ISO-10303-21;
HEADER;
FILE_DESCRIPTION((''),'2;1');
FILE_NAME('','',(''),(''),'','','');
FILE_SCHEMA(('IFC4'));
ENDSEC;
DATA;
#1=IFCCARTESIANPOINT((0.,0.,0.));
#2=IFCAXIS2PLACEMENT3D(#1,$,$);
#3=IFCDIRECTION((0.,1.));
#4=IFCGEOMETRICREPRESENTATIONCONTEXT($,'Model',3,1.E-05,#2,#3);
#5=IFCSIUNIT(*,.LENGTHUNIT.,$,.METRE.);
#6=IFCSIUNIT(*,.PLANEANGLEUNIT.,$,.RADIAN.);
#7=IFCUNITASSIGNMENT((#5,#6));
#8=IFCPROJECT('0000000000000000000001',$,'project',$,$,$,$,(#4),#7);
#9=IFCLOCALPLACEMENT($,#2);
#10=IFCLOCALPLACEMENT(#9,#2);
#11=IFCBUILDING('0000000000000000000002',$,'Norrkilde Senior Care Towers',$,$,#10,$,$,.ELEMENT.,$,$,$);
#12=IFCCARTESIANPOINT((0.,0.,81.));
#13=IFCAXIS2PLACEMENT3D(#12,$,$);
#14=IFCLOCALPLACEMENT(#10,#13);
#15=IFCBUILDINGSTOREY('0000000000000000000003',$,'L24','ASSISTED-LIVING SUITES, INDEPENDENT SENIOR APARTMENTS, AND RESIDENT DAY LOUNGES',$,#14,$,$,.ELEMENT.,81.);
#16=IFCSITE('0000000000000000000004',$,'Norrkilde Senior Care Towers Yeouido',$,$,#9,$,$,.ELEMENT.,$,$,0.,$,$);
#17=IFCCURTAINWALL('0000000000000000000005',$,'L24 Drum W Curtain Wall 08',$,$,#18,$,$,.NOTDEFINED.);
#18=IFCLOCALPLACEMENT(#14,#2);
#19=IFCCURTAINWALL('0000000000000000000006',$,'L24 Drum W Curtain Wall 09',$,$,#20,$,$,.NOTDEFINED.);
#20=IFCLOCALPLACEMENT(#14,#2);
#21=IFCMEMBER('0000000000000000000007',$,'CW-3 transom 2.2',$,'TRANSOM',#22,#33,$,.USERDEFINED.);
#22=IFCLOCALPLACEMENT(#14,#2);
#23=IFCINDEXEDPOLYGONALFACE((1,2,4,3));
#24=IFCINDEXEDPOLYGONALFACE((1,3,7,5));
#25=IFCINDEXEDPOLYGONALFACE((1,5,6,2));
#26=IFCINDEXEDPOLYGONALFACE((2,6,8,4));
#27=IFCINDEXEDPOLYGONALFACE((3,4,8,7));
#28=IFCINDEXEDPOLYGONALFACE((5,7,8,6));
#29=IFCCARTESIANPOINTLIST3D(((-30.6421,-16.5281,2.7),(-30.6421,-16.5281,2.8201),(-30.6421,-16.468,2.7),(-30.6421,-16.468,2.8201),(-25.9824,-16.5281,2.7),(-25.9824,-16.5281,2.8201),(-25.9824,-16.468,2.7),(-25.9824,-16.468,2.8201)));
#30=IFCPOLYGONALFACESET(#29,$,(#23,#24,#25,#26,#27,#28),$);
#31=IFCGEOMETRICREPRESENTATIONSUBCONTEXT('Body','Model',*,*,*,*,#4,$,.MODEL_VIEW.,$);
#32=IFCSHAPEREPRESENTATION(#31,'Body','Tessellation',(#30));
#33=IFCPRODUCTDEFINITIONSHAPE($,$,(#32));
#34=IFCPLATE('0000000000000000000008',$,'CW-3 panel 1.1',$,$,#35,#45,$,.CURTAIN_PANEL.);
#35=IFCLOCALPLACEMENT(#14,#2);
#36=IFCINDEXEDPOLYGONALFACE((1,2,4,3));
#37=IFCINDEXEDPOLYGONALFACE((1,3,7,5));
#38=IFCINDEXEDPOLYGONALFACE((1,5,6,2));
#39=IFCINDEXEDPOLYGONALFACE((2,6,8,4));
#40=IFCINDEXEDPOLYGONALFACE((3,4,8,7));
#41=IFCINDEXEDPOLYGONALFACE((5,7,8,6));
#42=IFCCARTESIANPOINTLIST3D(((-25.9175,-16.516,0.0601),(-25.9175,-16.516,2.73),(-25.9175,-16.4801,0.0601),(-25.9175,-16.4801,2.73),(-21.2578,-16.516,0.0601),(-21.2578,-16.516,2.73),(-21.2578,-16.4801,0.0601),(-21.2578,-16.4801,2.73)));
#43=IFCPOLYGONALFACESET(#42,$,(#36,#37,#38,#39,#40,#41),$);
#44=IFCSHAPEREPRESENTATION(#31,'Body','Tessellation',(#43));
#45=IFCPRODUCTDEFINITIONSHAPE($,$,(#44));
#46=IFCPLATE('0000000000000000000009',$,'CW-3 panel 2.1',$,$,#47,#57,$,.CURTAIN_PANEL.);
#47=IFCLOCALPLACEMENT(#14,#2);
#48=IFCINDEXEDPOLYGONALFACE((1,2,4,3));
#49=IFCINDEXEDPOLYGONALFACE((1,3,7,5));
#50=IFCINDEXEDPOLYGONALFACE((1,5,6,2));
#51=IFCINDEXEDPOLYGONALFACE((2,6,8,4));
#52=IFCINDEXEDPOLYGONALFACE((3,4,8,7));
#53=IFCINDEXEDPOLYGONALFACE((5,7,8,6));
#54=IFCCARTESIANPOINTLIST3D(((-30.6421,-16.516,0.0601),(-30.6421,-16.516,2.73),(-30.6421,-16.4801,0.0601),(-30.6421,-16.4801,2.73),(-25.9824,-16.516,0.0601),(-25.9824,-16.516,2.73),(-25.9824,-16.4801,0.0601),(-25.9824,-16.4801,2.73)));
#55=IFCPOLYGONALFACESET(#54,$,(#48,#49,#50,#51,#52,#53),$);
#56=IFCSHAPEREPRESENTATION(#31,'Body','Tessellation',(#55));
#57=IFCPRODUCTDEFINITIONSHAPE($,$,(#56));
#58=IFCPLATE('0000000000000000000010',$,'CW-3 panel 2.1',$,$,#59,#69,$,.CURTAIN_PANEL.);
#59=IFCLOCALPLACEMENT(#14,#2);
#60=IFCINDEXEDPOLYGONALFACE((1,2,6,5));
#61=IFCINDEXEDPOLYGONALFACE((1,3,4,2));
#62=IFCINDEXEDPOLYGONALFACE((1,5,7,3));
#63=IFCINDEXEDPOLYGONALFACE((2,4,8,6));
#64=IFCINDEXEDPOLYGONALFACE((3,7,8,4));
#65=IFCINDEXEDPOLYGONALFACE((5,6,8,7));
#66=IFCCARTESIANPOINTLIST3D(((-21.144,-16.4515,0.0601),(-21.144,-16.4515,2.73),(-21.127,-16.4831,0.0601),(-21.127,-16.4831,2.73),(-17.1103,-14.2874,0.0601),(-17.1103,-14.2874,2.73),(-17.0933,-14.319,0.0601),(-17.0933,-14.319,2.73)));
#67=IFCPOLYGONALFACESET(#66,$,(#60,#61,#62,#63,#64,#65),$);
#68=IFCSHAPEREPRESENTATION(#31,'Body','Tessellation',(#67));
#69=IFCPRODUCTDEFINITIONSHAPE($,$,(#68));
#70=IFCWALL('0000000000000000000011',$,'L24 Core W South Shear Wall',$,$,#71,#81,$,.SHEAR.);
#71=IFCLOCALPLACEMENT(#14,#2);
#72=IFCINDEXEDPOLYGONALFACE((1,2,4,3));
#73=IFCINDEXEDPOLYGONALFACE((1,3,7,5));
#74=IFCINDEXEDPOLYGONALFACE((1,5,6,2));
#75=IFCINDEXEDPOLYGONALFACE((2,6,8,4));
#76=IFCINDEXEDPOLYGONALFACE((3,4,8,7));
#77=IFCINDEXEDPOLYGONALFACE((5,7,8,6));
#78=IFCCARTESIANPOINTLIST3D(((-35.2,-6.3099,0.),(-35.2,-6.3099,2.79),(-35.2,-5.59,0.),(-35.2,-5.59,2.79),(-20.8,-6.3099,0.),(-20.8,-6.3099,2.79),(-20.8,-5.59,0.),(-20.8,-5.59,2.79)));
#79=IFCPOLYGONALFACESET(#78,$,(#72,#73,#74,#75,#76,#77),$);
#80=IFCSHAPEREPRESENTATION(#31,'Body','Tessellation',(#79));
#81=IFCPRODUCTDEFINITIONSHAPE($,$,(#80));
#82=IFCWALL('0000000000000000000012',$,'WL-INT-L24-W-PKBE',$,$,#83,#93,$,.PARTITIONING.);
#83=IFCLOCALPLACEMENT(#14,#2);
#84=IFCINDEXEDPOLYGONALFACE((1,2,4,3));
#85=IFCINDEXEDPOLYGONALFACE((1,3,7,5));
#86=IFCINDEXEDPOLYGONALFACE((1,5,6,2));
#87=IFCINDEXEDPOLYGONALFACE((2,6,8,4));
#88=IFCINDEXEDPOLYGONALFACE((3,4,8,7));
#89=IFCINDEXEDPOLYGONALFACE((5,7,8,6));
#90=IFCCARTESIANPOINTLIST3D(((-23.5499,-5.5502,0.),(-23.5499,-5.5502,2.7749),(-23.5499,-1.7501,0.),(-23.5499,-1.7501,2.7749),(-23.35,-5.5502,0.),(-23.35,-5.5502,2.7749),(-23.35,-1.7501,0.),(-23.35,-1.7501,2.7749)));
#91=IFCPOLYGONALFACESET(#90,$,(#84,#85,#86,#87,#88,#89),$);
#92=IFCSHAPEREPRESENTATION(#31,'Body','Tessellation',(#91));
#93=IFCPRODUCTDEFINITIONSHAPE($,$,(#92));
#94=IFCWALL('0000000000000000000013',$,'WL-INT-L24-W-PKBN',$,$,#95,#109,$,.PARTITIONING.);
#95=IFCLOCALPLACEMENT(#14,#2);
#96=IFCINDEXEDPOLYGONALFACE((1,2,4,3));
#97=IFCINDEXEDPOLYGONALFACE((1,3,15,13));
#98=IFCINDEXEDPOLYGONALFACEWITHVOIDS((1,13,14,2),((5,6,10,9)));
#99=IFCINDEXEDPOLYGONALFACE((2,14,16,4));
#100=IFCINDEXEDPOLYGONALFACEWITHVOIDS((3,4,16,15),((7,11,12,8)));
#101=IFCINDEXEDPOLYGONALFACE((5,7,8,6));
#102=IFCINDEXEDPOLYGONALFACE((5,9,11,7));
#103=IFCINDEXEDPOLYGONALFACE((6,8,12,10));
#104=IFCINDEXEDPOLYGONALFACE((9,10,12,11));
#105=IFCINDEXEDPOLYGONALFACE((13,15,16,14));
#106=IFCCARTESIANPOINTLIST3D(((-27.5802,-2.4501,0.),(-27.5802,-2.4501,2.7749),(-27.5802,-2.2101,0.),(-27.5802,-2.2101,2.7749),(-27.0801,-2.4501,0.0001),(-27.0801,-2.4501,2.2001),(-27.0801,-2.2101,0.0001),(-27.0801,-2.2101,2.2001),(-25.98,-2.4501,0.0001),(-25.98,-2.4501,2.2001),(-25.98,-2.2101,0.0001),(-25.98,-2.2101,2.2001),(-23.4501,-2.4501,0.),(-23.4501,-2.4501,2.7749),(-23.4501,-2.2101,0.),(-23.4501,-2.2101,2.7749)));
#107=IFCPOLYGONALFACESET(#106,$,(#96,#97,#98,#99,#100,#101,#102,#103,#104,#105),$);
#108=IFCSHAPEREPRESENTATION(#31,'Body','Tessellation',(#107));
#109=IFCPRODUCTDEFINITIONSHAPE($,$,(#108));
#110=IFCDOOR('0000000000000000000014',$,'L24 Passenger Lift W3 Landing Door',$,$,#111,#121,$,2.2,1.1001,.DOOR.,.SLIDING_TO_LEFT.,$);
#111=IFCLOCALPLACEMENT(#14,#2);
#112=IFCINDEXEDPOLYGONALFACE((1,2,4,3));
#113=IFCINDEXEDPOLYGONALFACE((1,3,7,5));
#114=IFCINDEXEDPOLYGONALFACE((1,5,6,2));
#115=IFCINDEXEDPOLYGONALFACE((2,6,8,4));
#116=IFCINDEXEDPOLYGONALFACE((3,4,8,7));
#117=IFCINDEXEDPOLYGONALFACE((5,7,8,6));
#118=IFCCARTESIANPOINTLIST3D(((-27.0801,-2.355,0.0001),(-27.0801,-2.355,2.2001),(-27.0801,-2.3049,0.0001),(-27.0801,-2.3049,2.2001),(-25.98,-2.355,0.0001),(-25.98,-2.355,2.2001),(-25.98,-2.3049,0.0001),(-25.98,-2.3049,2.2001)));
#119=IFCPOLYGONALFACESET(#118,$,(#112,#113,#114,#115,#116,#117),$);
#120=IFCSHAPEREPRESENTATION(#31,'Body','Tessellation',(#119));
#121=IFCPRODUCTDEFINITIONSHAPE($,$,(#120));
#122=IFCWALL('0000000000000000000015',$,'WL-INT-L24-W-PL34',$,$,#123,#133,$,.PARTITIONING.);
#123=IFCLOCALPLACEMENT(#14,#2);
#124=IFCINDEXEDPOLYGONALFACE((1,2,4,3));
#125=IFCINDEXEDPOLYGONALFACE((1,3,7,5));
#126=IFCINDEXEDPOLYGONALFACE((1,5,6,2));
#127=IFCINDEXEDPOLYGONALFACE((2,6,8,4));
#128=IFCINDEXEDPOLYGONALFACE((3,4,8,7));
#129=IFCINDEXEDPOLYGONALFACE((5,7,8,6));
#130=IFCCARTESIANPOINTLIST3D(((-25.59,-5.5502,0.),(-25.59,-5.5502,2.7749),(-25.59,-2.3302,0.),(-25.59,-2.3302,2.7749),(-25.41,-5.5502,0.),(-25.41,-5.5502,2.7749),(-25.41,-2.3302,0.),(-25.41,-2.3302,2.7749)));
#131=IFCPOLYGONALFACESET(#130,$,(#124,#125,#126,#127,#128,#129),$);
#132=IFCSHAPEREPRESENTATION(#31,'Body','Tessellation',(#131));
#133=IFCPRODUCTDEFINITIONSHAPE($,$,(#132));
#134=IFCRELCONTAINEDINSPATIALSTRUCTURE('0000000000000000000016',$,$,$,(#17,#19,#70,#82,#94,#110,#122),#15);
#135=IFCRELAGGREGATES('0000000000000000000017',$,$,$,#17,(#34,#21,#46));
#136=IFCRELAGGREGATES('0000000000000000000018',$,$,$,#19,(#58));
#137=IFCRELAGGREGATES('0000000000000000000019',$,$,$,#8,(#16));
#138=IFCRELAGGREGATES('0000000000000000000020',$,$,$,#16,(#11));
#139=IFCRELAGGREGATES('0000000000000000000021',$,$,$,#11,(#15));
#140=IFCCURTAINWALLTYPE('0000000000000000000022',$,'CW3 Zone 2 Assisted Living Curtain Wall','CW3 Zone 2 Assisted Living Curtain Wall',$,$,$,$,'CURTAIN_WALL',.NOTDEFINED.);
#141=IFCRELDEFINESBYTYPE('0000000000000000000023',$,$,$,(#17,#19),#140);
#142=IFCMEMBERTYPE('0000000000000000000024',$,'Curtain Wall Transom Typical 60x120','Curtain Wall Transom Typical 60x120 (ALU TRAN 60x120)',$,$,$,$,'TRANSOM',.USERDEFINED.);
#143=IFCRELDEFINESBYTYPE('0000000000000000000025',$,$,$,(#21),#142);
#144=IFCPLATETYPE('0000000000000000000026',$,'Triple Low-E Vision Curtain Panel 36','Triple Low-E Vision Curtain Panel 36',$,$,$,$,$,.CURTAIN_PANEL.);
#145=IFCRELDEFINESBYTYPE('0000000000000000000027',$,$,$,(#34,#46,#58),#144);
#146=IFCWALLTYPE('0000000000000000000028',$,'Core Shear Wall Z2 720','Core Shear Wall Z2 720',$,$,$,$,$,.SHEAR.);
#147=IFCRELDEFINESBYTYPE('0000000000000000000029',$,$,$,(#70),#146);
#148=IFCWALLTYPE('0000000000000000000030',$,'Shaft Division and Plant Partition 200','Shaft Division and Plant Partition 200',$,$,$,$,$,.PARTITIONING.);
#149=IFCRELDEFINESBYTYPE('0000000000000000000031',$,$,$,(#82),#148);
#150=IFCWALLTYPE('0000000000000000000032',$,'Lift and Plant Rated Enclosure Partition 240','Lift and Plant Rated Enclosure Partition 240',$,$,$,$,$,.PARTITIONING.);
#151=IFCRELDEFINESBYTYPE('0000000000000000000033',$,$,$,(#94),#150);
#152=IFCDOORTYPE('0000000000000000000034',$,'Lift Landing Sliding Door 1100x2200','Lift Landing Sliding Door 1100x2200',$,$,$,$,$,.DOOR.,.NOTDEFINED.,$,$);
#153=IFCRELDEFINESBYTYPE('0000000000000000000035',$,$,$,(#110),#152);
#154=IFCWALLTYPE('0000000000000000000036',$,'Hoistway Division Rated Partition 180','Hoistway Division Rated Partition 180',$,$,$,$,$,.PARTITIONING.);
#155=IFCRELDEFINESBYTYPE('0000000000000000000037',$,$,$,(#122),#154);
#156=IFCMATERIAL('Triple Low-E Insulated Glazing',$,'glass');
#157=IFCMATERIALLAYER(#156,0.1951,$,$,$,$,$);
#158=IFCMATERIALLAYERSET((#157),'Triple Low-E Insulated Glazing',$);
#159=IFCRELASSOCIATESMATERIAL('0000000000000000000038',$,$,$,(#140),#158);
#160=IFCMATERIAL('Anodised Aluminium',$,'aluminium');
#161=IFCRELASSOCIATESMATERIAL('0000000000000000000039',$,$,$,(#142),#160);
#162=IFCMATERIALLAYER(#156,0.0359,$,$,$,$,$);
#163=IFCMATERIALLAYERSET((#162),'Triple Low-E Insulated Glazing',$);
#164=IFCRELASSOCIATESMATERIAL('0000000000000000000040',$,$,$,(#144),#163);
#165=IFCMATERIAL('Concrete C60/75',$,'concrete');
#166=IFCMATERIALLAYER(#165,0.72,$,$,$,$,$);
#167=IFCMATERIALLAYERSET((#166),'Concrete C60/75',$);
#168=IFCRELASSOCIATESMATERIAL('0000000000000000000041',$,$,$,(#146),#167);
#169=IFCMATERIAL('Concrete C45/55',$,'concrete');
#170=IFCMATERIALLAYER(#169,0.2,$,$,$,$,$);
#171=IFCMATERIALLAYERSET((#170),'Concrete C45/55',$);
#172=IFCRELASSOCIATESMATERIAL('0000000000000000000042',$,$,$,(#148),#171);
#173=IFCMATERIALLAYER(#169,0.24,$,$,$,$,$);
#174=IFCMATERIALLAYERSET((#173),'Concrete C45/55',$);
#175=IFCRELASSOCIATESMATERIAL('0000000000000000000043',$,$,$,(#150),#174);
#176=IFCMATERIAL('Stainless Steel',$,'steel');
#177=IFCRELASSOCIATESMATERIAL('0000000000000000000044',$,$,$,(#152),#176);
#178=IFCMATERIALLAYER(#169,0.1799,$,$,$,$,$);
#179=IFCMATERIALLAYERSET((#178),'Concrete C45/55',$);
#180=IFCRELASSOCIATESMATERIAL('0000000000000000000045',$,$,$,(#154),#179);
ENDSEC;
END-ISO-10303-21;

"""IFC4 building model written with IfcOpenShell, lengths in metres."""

from ifc_helpers import new_model, si_unit, direction, frame, frame_2d, origin, origin_2d, place, context, subcontext, project, spatial, rectangle, extrude, source, transform, mapped, material, layer, layer_set, material_profile, profile_set, type_object, type_shapes, element, fill, aggregate, save


model = new_model("IFC4")

# Units and contexts
model_context = context("Model", 3, precision=1e-05, world=origin(), true_north=direction((0.0, 1.0)))
body_context = subcontext(model_context, "Body", "Model", "MODEL_VIEW")
ifc_project = project(units=[si_unit("LENGTHUNIT", "METRE"), si_unit("PLANEANGLEUNIT", "RADIAN")], contexts=[model_context])

# Site, building, storey
site_placement = place(None, origin())
site = spatial("IfcSite", under=ifc_project, at=site_placement, Name="Norrkilde Senior Care Towers Yeouido", CompositionType="ELEMENT", RefElevation=0.0)
building_placement = place(site_placement, origin())
building = spatial("IfcBuilding", under=site, at=building_placement, Name="Norrkilde Senior Care Towers", CompositionType="ELEMENT")
storey_placement = place(building_placement, frame((0.0, 0.0, 81.0)))
storey = spatial("IfcBuildingStorey", under=building, at=storey_placement, Name="L24", Description="ASSISTED-LIVING SUITES, INDEPENDENT SENIOR APARTMENTS, AND RESIDENT DAY LOUNGES", CompositionType="ELEMENT", Elevation=81.0)

# Shared definitions
ifc_material_1 = material(Name="Concrete C60/75", Category="concrete")

# Curtain wall
ifc_material_2 = material(Name="Triple Low-E Insulated Glazing", Category="glass")
ifc_layer_1 = layer(ifc_material_2, 0.1951)
ifc_layer_set_1 = layer_set([ifc_layer_1], Name="Triple Low-E Insulated Glazing")
curtain_wall_type = type_object("IfcCurtainWallType", Name="CW3 Zone 2 Assisted Living Curtain Wall", Description="CW3 Zone 2 Assisted Living Curtain Wall", ElementType="CURTAIN_WALL", PredefinedType="NOTDEFINED", material=ifc_layer_set_1)
curtain_wall_1_placement = place(storey_placement, origin())
curtain_wall_1 = element("IfcCurtainWall", 1, at=curtain_wall_1_placement, inside=storey, type_object=curtain_wall_type, Name="L24 Drum W Curtain Wall 08", PredefinedType="NOTDEFINED")
ifc_material_3 = material(Name="Anodised Aluminium", Category="aluminium")

# Curtain wall
curtain_wall_2_placement = place(storey_placement, origin())
curtain_wall_2 = element("IfcCurtainWall", 2, at=curtain_wall_2_placement, inside=storey, type_object=curtain_wall_type, Name="L24 Drum W Curtain Wall 09", PredefinedType="NOTDEFINED")

# Member
ifc_material_profile_1 = material_profile(ifc_material_3, rectangle(XDim=0.0601, YDim=0.1201, at=origin_2d()), Name="ALU TRAN 60x120")
ifc_profile_set_1 = profile_set([ifc_material_profile_1], Name="Anodised Aluminium")
member_type_1 = type_object("IfcMemberType", Name="Curtain Wall Transom Typical 60x120", Description="Curtain Wall Transom Typical 60x120 (ALU TRAN 60x120)", ElementType="TRANSOM", PredefinedType="USERDEFINED", material=ifc_profile_set_1)
shared_shape_1 = source(origin(), body_context, "Body", "SweptSolid", [
    extrude(rectangle(XDim=0.0601, YDim=0.1201, at=origin_2d()), origin(), (0.0, 0.0, 1.0), 4.6597),
])
type_shapes(member_type_1, [shared_shape_1])
member_1_placement = place(storey_placement, frame((-25.9824, -16.498, 2.76), z_axis=(-1.0, 0.0, 0.0), x_axis=(0.0, -1.0, 0.0)))
member_1 = element("IfcMember", 3, at=member_1_placement, type_object=member_type_1, Name="CW-3 transom 2.2", ObjectType="TRANSOM", PredefinedType="USERDEFINED", context=body_context, shape_type="MappedRepresentation", body=[
    mapped(shared_shape_1, transform((0.0, 0.0, 0.0), x_axis=(1.0, 0.0, 0.0), y_axis=(0.0, 1.0, 0.0), z_axis=(0.0, 0.0, 1.0), scale=1.0)),
])

# Plates
ifc_layer_2 = layer(ifc_material_2, 0.0359)
ifc_layer_set_2 = layer_set([ifc_layer_2], Name="Triple Low-E Insulated Glazing")
plate_type = type_object("IfcPlateType", Name="Triple Low-E Vision Curtain Panel 36", Description="Triple Low-E Vision Curtain Panel 36", PredefinedType="CURTAIN_PANEL", material=ifc_layer_set_2)
shared_shape_2 = source(origin(), body_context, "Body", "SweptSolid", [
    extrude(rectangle(XDim=4.6597, YDim=0.0359, at=origin_2d()), origin(), (0.0, 0.0, 1.0), 2.6699),
])
plate_1_placement = place(storey_placement, frame((-23.5876, -16.498, 0.0601), z_axis=(0.0, 0.0, 1.0), x_axis=(-1.0, 0.0, 0.0)))
plate_1 = element("IfcPlate", 4, at=plate_1_placement, type_object=plate_type, Name="CW-3 panel 1.1", PredefinedType="CURTAIN_PANEL", context=body_context, shape_type="MappedRepresentation", body=[
    mapped(shared_shape_2, transform((0.0, 0.0, 0.0), x_axis=(1.0, 0.0, 0.0), y_axis=(0.0, 1.0, 0.0), z_axis=(0.0, 0.0, 1.0), scale=1.0)),
])
plate_2_placement = place(storey_placement, frame((-28.3123, -16.498, 0.0601), z_axis=(0.0, 0.0, 1.0), x_axis=(-1.0, 0.0, 0.0)))
plate_2 = element("IfcPlate", 5, at=plate_2_placement, type_object=plate_type, Name="CW-3 panel 2.1", PredefinedType="CURTAIN_PANEL", context=body_context, shape_type="MappedRepresentation", body=[
    mapped(shared_shape_2, transform((0.0, 0.0, 0.0), x_axis=(1.0, 0.0, 0.0), y_axis=(0.0, 1.0, 0.0), z_axis=(0.0, 0.0, 1.0), scale=1.0)),
])
aggregate(curtain_wall_1, [plate_1, member_1, plate_2])
shared_shape_3 = source(origin(), body_context, "Body", "SweptSolid", [
    extrude(rectangle(XDim=4.5776, YDim=0.0359, at=origin_2d()), origin(), (0.0, 0.0, 1.0), 2.6699),
])
type_shapes(plate_type, [shared_shape_2, shared_shape_3])
plate_3_placement = place(storey_placement, frame((-19.1187, -15.3853, 0.0601), z_axis=(0.0, 0.0, 1.0), x_axis=(-0.881186, -0.472769, 0.0)))
plate_3 = element("IfcPlate", 6, at=plate_3_placement, type_object=plate_type, Name="CW-3 panel 2.1", PredefinedType="CURTAIN_PANEL", context=body_context, shape_type="MappedRepresentation", body=[
    mapped(shared_shape_3, transform((0.0, 0.0, 0.0), x_axis=(1.0, 0.0, 0.0), y_axis=(0.0, 1.0, 0.0), z_axis=(0.0, 0.0, 1.0), scale=1.0)),
])
aggregate(curtain_wall_2, [plate_3])

# Walls
ifc_layer_3 = layer(ifc_material_1, 0.72)
ifc_layer_set_3 = layer_set([ifc_layer_3], Name="Concrete C60/75")
wall_type_1 = type_object("IfcWallType", Name="Core Shear Wall Z2 720", Description="Core Shear Wall Z2 720", PredefinedType="SHEAR", material=ifc_layer_set_3)
shared_shape_4 = source(origin(), body_context, "Body", "SweptSolid", [
    extrude(rectangle(XDim=14.3999, YDim=0.72, at=frame_2d((7.2, 0.0))), origin(), (0.0, 0.0, 1.0), 2.79),
])
type_shapes(wall_type_1, [shared_shape_4])
wall_1_placement = place(storey_placement, frame((-20.8, -5.95, 0.0), z_axis=(0.0, 0.0, 1.0), x_axis=(-1.0, 0.0, 0.0)))
element("IfcWall", 7, at=wall_1_placement, inside=storey, type_object=wall_type_1, Name="L24 Core W South Shear Wall", PredefinedType="SHEAR", context=body_context, shape_type="MappedRepresentation", body=[
    mapped(shared_shape_4, transform((0.0, 0.0, 0.0), x_axis=(1.0, 0.0, 0.0), y_axis=(0.0, 1.0, 0.0), z_axis=(0.0, 0.0, 1.0), scale=1.0)),
])
ifc_material_4 = material(Name="Concrete C45/55", Category="concrete")
ifc_layer_4 = layer(ifc_material_4, 0.2)
ifc_layer_set_4 = layer_set([ifc_layer_4], Name="Concrete C45/55")
wall_type_2 = type_object("IfcWallType", Name="Shaft Division and Plant Partition 200", Description="Shaft Division and Plant Partition 200", PredefinedType="PARTITIONING", material=ifc_layer_set_4)
shared_shape_5 = source(origin(), body_context, "Body", "SweptSolid", [
    extrude(rectangle(XDim=3.8, YDim=0.2, at=frame_2d((1.8999, 0.0))), origin(), (0.0, 0.0, 1.0), 2.7749),
])
type_shapes(wall_type_2, [shared_shape_5])
wall_2_placement = place(storey_placement, frame((-23.45, -5.55, 0.0), z_axis=(0.0, 0.0, 1.0), x_axis=(0.0, 1.0, 0.0)))
element("IfcWall", 8, at=wall_2_placement, inside=storey, type_object=wall_type_2, Name="WL-INT-L24-W-PKBE", PredefinedType="PARTITIONING", context=body_context, shape_type="MappedRepresentation", body=[
    mapped(shared_shape_5, transform((0.0, 0.0, 0.0), x_axis=(1.0, 0.0, 0.0), y_axis=(0.0, 1.0, 0.0), z_axis=(0.0, 0.0, 1.0), scale=1.0)),
])

# Wall, opening, door
ifc_layer_5 = layer(ifc_material_4, 0.24)
ifc_layer_set_5 = layer_set([ifc_layer_5], Name="Concrete C45/55")
wall_type_3 = type_object("IfcWallType", Name="Lift and Plant Rated Enclosure Partition 240", Description="Lift and Plant Rated Enclosure Partition 240", PredefinedType="PARTITIONING", material=ifc_layer_set_5)
shared_shape_6 = source(origin(), body_context, "Body", "SweptSolid", [
    extrude(rectangle(XDim=4.1301, YDim=0.24, at=frame_2d((2.0649, 0.0))), origin(), (0.0, 0.0, 1.0), 2.7749),
])
type_shapes(wall_type_3, [shared_shape_6])
wall_3_placement = place(storey_placement, frame((-27.5801, -2.3301, 0.0), z_axis=(0.0, 0.0, 1.0), x_axis=(1.0, 0.0, 0.0)))
wall_3 = element("IfcWall", 9, at=wall_3_placement, inside=storey, type_object=wall_type_3, Name="WL-INT-L24-W-PKBN", PredefinedType="PARTITIONING", context=body_context, shape_type="MappedRepresentation", body=[
    mapped(shared_shape_6, transform((0.0, 0.0, 0.0), x_axis=(1.0, 0.0, 0.0), y_axis=(0.0, 1.0, 0.0), z_axis=(0.0, 0.0, 1.0), scale=1.0)),
])
opening_1_placement = place(wall_3_placement, frame((0.5, 0.0, 0.0)))
opening_1 = element("IfcOpeningElement", 10, at=opening_1_placement, cuts=wall_3, PredefinedType="OPENING", context=body_context, shape_type="SweptSolid", body=[
    extrude(rectangle(XDim=1.1001, YDim=2.2, at=frame_2d((0.55, 1.1001))), frame((0.0, 0.1299, 0.0), z_axis=(0.0, -1.0, 0.0), x_axis=(1.0, 0.0, 0.0)), (0.0, 0.0, 1.0), 0.26),
])
ifc_material_5 = material(Name="Stainless Steel", Category="steel")
door_type_1 = type_object("IfcDoorType", Name="Lift Landing Sliding Door 1100x2200", Description="Lift Landing Sliding Door 1100x2200", OperationType="NOTDEFINED", PredefinedType="DOOR", material=ifc_material_5)
shared_shape_7 = source(origin(), body_context, "Body", "SweptSolid", [
    extrude(rectangle(XDim=1.1001, YDim=2.2, at=frame_2d((0.55, 1.1001))), frame((0.0, 0.0249, 0.0), z_axis=(0.0, -1.0, 0.0), x_axis=(1.0, 0.0, 0.0)), (0.0, 0.0, 1.0), 0.05),
])
type_shapes(door_type_1, [shared_shape_7])
door_1_placement = place(opening_1_placement, frame((1.1001, 0.0, 0.0), z_axis=(0.0, 0.0, 1.0), x_axis=(-1.0, 0.0, 0.0)))
door_1 = element("IfcDoor", 11, at=door_1_placement, inside=storey, type_object=door_type_1, Name="L24 Passenger Lift W3 Landing Door", OperationType="SLIDING_TO_LEFT", OverallHeight=2.2, OverallWidth=1.1001, PredefinedType="DOOR", context=body_context, shape_type="MappedRepresentation", body=[
    mapped(shared_shape_7, transform((0.0, 0.0, 0.0), x_axis=(1.0, 0.0, 0.0), y_axis=(0.0, 1.0, 0.0), z_axis=(0.0, 0.0, 1.0), scale=1.0)),
])
fill(opening_1, door_1)

# Wall
ifc_layer_6 = layer(ifc_material_4, 0.1799)
ifc_layer_set_6 = layer_set([ifc_layer_6], Name="Concrete C45/55")
wall_type_4 = type_object("IfcWallType", Name="Hoistway Division Rated Partition 180", Description="Hoistway Division Rated Partition 180", PredefinedType="PARTITIONING", material=ifc_layer_set_6)
shared_shape_8 = source(origin(), body_context, "Body", "SweptSolid", [
    extrude(rectangle(XDim=3.22, YDim=0.1799, at=frame_2d((1.6099, 0.0))), origin(), (0.0, 0.0, 1.0), 2.7749),
])
type_shapes(wall_type_4, [shared_shape_8])
wall_4_placement = place(storey_placement, frame((-25.5, -5.55, 0.0), z_axis=(0.0, 0.0, 1.0), x_axis=(0.0, 1.0, 0.0)))
element("IfcWall", 12, at=wall_4_placement, inside=storey, type_object=wall_type_4, Name="WL-INT-L24-W-PL34", PredefinedType="PARTITIONING", context=body_context, shape_type="MappedRepresentation", body=[
    mapped(shared_shape_8, transform((0.0, 0.0, 0.0), x_axis=(1.0, 0.0, 0.0), y_axis=(0.0, 1.0, 0.0), z_axis=(0.0, 0.0, 1.0), scale=1.0)),
])

save(model, "model.ifc")
